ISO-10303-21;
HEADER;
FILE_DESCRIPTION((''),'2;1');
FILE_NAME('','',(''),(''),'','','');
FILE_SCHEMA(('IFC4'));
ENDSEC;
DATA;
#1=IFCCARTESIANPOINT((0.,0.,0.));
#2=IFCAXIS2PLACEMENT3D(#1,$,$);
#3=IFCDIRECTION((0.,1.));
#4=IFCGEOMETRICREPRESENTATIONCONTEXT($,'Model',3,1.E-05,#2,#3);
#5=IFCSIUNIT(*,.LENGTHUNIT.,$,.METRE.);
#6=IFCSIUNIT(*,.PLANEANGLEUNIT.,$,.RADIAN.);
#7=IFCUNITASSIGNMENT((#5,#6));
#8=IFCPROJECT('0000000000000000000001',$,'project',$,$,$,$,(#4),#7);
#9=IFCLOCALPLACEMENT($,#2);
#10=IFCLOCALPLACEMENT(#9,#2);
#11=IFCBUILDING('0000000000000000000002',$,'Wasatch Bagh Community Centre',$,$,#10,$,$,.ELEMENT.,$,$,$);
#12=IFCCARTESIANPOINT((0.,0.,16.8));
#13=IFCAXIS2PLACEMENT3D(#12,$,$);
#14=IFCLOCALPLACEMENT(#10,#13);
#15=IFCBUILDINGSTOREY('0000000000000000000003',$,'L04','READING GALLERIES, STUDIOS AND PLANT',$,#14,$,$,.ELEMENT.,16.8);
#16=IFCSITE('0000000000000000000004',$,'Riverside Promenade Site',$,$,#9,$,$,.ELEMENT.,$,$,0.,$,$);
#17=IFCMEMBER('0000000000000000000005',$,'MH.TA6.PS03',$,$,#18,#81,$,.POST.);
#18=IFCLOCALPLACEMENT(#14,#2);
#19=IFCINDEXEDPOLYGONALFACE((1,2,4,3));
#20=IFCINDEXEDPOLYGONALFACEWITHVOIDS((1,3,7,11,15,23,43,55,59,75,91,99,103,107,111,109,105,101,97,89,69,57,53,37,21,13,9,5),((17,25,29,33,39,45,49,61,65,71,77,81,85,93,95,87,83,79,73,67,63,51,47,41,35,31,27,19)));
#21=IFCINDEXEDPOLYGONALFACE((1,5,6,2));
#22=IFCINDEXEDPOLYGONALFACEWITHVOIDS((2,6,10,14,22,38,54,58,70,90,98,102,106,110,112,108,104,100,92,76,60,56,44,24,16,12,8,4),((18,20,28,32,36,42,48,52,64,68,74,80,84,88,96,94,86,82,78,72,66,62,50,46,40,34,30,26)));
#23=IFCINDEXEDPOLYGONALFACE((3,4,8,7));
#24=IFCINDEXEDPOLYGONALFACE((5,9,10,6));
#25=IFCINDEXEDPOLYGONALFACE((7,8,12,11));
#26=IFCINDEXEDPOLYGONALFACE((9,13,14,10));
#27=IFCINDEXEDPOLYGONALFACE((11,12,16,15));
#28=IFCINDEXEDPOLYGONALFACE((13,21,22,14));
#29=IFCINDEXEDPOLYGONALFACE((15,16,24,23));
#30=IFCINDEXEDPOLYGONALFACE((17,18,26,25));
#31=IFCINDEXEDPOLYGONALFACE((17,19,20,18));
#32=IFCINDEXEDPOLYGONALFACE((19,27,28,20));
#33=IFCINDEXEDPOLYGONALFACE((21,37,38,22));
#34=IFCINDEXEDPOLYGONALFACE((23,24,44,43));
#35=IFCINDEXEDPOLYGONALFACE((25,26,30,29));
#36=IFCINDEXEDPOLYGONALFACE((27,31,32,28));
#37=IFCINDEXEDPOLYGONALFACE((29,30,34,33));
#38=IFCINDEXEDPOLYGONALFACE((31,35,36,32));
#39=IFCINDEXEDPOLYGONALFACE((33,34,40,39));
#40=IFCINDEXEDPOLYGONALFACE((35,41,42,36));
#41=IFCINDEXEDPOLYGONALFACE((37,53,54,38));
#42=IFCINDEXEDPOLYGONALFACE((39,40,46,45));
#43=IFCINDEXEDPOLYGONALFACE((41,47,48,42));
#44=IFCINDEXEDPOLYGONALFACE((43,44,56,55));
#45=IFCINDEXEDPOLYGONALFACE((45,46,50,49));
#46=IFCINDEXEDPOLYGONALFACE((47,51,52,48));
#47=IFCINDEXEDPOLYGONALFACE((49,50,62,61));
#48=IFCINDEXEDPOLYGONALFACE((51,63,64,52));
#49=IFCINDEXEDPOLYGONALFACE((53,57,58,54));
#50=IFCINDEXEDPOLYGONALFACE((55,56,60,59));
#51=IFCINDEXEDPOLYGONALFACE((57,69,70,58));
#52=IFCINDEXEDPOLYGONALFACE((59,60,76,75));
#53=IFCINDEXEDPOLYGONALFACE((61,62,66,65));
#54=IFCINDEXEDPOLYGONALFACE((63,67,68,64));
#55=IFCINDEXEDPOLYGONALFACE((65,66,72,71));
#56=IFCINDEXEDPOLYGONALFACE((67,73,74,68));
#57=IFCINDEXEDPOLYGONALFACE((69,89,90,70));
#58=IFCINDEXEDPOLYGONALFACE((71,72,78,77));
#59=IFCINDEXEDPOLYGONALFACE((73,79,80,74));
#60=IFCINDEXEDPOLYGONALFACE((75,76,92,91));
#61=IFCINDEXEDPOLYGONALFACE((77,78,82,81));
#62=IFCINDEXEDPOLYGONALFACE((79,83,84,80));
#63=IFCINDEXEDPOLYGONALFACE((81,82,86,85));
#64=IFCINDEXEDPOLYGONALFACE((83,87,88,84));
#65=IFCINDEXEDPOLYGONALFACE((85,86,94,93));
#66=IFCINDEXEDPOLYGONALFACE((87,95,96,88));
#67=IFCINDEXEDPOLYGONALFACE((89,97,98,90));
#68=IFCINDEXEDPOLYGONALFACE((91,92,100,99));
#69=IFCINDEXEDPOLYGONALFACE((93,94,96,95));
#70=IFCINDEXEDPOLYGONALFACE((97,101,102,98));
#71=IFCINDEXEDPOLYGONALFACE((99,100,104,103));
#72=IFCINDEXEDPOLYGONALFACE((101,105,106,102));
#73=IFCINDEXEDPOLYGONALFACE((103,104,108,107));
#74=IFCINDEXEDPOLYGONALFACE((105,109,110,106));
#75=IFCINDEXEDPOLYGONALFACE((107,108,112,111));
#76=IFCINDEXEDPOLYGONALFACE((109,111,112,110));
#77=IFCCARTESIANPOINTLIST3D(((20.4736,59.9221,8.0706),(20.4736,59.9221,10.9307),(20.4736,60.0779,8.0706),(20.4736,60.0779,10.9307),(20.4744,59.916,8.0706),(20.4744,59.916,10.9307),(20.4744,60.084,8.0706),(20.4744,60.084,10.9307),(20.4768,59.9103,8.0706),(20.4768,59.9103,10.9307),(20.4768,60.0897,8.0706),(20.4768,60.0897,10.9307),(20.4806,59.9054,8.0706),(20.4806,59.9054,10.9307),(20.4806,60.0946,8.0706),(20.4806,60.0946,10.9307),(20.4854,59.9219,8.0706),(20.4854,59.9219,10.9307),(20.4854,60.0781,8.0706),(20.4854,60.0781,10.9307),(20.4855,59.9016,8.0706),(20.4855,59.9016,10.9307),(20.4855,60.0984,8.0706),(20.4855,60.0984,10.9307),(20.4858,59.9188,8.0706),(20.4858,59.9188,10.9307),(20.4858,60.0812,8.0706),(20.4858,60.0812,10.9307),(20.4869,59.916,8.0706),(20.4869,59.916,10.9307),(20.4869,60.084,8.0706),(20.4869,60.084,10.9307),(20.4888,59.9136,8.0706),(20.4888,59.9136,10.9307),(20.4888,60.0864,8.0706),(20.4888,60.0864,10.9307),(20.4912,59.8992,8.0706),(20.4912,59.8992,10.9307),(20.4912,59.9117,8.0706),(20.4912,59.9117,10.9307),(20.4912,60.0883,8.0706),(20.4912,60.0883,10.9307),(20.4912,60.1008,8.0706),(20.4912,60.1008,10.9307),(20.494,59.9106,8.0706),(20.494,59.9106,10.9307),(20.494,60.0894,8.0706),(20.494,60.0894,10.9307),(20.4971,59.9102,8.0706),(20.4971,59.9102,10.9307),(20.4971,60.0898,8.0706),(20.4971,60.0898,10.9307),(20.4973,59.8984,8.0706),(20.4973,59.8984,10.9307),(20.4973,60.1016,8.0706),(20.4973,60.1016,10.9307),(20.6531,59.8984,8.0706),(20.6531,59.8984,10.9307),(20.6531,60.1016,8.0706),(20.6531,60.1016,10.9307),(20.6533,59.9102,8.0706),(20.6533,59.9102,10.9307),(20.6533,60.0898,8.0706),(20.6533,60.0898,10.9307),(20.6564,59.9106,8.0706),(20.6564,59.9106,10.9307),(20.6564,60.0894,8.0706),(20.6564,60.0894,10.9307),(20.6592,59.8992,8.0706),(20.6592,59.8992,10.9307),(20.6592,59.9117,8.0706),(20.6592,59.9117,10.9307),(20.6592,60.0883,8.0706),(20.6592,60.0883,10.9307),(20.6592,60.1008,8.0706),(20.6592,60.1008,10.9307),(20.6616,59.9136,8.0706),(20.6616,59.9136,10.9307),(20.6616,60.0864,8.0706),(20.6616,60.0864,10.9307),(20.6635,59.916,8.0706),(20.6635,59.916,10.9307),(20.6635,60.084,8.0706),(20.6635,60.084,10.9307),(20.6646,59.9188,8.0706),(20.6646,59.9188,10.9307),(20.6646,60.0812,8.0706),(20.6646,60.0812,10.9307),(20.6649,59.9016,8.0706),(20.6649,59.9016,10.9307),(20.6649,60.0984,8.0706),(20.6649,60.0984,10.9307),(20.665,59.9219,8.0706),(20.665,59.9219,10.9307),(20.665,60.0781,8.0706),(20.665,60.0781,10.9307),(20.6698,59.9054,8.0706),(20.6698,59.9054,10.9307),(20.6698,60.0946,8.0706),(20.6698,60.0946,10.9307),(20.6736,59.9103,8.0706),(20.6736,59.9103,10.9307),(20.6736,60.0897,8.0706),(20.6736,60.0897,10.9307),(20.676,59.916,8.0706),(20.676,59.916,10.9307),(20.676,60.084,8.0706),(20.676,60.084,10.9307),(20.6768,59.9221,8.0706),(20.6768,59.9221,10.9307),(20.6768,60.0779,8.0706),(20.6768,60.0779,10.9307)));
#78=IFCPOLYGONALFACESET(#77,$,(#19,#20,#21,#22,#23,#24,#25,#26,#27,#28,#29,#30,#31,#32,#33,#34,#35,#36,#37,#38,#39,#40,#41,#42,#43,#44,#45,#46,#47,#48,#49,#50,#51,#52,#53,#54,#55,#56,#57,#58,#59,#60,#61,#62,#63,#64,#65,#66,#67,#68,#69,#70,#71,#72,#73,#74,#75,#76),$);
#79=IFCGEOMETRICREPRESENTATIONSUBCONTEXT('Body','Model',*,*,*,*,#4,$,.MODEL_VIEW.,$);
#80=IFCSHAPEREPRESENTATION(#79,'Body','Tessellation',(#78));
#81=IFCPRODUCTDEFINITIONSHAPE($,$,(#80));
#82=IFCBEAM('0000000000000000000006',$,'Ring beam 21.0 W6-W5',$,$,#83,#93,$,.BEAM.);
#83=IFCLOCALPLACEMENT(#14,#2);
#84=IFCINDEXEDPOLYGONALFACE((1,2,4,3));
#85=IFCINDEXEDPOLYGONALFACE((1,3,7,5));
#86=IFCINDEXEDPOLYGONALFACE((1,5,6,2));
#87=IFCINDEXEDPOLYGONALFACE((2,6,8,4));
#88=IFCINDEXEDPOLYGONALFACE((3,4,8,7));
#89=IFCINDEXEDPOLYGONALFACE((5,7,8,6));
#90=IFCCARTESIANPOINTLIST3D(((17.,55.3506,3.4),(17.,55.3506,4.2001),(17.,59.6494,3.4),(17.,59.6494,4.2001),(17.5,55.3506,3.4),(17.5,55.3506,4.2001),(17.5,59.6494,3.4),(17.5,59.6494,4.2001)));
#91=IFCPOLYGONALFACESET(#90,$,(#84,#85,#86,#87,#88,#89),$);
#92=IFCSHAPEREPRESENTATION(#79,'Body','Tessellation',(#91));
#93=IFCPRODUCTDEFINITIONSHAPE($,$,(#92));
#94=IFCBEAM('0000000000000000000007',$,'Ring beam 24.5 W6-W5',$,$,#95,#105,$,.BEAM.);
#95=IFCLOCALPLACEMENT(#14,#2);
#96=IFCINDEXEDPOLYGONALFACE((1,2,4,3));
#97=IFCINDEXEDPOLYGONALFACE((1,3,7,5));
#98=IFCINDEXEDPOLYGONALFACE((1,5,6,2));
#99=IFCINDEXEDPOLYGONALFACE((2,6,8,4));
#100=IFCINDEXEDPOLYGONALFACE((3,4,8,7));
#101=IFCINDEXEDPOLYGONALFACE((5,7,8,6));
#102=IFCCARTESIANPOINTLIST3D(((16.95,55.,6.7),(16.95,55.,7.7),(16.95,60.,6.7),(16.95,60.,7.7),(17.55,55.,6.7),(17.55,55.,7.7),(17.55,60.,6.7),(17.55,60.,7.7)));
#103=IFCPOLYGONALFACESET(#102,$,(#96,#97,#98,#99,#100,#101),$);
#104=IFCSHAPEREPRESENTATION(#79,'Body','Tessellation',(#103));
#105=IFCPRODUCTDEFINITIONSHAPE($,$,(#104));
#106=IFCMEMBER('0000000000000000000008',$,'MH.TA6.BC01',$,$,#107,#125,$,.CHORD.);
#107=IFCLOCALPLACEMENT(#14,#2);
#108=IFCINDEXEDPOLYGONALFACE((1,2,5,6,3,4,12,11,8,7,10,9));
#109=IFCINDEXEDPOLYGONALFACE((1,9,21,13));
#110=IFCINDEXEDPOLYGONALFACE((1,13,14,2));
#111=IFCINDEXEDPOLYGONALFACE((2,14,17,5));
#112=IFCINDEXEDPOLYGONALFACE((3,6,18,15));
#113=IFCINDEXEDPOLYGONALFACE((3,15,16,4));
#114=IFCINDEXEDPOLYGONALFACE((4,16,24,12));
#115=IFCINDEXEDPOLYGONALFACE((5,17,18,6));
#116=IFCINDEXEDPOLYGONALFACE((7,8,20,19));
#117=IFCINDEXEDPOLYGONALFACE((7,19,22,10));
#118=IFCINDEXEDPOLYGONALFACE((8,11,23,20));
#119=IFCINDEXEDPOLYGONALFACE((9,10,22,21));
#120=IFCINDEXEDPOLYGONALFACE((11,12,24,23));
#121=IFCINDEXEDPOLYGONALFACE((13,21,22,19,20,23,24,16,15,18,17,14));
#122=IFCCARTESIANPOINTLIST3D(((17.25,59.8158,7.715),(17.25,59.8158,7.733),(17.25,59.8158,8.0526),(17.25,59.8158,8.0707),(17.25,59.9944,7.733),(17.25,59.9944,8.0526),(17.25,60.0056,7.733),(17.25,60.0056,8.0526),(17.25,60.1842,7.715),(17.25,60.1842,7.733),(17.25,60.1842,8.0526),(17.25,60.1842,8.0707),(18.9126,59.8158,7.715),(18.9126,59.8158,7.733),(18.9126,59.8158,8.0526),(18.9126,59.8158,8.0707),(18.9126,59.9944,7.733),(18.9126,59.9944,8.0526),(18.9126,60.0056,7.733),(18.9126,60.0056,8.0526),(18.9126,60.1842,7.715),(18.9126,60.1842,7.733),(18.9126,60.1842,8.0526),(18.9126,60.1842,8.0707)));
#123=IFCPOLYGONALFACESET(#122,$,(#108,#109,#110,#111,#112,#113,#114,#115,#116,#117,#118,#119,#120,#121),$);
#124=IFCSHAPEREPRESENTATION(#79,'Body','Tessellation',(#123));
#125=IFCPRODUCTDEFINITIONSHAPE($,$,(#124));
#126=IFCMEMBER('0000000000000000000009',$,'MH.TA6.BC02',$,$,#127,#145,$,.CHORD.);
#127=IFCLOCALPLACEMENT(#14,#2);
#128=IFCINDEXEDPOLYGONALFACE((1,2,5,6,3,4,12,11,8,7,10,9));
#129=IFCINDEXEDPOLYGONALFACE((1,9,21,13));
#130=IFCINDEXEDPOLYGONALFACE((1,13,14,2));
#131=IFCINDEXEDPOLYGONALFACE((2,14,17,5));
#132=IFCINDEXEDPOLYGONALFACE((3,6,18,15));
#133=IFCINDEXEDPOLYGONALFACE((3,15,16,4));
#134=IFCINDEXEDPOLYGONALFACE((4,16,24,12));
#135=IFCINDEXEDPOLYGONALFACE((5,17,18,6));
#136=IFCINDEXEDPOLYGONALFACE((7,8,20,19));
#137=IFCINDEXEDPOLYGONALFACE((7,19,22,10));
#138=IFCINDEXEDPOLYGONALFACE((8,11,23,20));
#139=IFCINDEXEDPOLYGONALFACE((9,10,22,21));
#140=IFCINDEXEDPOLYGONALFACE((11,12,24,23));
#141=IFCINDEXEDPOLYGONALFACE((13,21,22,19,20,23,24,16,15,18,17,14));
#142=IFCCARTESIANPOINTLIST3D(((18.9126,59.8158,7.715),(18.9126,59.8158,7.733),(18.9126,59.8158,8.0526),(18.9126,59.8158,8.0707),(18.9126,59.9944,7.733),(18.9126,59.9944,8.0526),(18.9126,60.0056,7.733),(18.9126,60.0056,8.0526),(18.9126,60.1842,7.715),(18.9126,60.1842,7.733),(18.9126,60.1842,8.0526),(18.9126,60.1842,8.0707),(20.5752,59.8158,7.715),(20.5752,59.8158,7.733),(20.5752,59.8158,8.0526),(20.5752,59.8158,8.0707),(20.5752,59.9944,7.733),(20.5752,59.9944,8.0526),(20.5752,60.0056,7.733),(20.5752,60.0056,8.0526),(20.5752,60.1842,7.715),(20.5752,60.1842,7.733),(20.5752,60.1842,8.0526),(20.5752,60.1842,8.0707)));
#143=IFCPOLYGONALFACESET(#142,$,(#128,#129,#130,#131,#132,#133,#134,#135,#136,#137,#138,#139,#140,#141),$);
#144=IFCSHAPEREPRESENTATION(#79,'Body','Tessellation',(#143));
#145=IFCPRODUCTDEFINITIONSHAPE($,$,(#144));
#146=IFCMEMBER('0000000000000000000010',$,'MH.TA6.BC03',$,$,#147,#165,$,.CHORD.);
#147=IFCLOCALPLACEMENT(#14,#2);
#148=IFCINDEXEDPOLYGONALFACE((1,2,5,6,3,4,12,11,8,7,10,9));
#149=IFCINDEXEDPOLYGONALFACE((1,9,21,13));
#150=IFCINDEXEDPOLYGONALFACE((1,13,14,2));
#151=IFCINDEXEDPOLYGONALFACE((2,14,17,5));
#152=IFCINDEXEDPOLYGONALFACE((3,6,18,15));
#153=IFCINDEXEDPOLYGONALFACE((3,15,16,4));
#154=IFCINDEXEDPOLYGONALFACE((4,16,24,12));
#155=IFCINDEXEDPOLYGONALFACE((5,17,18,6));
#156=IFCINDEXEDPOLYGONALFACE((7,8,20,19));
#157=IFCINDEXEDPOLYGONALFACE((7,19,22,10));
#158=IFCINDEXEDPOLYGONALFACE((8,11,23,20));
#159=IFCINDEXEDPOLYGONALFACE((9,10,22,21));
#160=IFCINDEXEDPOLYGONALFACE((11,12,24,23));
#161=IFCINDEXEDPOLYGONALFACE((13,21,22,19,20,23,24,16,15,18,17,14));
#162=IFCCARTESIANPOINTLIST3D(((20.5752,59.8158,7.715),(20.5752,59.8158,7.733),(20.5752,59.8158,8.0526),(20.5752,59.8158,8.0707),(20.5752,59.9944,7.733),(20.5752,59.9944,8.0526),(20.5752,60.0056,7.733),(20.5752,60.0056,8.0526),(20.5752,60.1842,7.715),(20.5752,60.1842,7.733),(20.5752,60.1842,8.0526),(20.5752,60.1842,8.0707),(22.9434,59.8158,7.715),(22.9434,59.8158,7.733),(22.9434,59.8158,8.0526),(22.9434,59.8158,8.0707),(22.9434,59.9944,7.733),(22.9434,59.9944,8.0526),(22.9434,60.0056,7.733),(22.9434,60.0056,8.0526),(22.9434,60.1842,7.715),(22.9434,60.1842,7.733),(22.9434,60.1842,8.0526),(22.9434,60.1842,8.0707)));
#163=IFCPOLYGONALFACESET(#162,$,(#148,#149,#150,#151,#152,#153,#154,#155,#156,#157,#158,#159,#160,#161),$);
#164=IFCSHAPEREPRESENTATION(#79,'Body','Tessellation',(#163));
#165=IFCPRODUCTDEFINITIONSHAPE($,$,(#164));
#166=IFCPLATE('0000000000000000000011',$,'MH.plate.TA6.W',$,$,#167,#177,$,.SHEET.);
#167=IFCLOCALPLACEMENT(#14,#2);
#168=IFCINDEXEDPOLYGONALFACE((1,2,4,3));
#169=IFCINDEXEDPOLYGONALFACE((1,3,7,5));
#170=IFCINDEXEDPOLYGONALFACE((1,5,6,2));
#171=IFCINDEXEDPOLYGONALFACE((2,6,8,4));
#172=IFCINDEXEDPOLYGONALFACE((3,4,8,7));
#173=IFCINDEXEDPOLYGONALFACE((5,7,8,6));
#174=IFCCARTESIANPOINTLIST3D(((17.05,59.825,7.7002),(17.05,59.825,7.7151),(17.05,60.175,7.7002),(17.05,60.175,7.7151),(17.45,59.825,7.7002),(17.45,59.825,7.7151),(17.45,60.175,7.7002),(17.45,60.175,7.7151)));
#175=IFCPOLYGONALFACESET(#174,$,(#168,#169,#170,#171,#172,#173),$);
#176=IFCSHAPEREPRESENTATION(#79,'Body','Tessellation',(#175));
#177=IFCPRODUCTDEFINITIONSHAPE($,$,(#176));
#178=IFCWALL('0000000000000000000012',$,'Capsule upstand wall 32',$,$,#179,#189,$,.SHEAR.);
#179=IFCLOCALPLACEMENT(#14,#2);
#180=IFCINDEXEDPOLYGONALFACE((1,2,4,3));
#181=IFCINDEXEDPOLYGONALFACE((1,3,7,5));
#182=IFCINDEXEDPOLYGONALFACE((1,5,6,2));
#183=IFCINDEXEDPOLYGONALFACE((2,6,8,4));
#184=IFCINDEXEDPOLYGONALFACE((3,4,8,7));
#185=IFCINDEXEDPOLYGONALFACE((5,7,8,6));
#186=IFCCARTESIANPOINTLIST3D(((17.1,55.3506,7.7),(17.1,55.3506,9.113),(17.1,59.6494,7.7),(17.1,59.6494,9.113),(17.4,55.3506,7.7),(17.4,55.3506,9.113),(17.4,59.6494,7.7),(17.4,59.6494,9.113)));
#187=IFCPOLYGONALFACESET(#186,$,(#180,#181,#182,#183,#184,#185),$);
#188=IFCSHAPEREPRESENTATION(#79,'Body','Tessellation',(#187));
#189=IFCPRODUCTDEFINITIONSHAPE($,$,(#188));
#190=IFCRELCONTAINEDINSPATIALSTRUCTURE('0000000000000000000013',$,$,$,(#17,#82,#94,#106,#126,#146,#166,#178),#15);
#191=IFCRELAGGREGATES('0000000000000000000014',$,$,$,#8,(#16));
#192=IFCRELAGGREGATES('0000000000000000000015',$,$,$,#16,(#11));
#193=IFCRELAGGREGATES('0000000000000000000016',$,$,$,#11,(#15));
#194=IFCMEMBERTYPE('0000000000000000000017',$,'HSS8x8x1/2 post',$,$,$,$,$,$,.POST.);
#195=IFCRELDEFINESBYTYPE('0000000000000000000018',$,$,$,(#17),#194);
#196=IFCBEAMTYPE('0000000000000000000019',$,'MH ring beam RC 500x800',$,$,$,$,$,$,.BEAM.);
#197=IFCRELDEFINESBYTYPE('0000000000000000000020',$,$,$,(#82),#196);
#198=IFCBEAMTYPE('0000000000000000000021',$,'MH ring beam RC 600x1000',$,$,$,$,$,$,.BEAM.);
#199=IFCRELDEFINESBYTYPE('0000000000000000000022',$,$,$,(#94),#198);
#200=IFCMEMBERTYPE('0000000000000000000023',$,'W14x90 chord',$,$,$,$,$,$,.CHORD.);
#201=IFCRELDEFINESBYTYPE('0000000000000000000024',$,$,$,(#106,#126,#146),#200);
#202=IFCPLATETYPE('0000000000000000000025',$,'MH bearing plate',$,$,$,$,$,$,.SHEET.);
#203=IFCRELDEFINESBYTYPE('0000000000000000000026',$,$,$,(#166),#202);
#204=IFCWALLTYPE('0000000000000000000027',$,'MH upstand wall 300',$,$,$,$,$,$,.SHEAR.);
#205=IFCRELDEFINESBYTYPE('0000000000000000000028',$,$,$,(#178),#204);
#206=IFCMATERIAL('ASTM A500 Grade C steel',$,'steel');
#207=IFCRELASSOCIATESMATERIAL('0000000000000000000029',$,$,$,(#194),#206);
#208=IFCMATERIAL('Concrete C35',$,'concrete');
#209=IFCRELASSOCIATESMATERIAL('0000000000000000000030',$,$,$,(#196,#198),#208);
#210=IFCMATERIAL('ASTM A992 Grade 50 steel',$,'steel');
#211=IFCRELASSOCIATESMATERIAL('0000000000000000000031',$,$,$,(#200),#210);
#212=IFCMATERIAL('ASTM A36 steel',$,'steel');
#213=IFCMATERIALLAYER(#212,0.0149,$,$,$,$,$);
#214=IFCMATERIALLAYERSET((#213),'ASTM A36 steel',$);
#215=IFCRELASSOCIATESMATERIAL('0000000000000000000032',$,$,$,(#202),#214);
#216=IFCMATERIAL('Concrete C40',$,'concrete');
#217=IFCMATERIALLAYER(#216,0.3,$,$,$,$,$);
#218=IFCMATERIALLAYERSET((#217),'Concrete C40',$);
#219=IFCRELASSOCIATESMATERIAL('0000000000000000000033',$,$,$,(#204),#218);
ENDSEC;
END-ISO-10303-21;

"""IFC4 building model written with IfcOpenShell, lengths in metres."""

from ifc_helpers import new_model, si_unit, direction, frame, frame_2d, origin, origin_2d, place, context, subcontext, project, spatial, rectangle, hollow_rectangle, i_section, extrude, material, layer, layer_set, material_profile, profile_set, type_object, element, save


model = new_model("IFC4")

# Units and contexts
model_context = context("Model", 3, precision=1e-05, world=origin(), true_north=direction((0.0, 1.0)))
body_context = subcontext(model_context, "Body", "Model", "MODEL_VIEW")
ifc_project = project(units=[si_unit("LENGTHUNIT", "METRE"), si_unit("PLANEANGLEUNIT", "RADIAN")], contexts=[model_context])

# Site, building, storey
site_placement = place(None, origin())
site = spatial("IfcSite", under=ifc_project, at=site_placement, Name="Riverside Promenade Site", CompositionType="ELEMENT", RefElevation=0.0)
building_placement = place(site_placement, origin())
building = spatial("IfcBuilding", under=site, at=building_placement, Name="Wasatch Bagh Community Centre", CompositionType="ELEMENT")
storey_placement = place(building_placement, frame((0.0, 0.0, 16.8)))
storey = spatial("IfcBuildingStorey", under=building, at=storey_placement, Name="L04", Description="READING GALLERIES, STUDIOS AND PLANT", CompositionType="ELEMENT", Elevation=16.8)

# Shared definitions
ifc_material_1 = material(Name="Concrete C40", Category="concrete")

# Member
ifc_material_2 = material(Name="ASTM A500 Grade C steel", Category="steel")
ifc_material_profile_1 = material_profile(ifc_material_2, hollow_rectangle(XDim=0.2031, YDim=0.2031, WallThickness=0.0117, InnerFilletRadius=0.0117, OuterFilletRadius=0.0237, at=origin_2d()), Name="HSS8x8x1/2")
ifc_profile_set_1 = profile_set([ifc_material_profile_1], Name="ASTM A500 Grade C steel")
member_type_1 = type_object("IfcMemberType", Name="HSS8x8x1/2 post", PredefinedType="POST", material=ifc_profile_set_1)
member_1_placement = place(storey_placement, frame((20.5752, 60.0, 8.0706), z_axis=(0.0, 0.0, 1.0), x_axis=(1.0, 0.0, 0.0)))
element("IfcMember", 1, at=member_1_placement, inside=storey, type_object=member_type_1, Name="MH.TA6.PS03", PredefinedType="POST", context=body_context, shape_type="SweptSolid", body=[
    extrude(hollow_rectangle(XDim=0.2031, YDim=0.2031, WallThickness=0.0117, InnerFilletRadius=0.0117, OuterFilletRadius=0.0237, at=origin_2d()), origin(), (0.0, 0.0, 1.0), 2.8601),
])

# Beams
ifc_material_3 = material(Name="Concrete C35", Category="concrete")
ifc_material_profile_2 = material_profile(ifc_material_3, rectangle(XDim=0.5, YDim=0.8, at=origin_2d()), Name="RC 500x800")
ifc_profile_set_2 = profile_set([ifc_material_profile_2], Name="Concrete C35")
beam_type_1 = type_object("IfcBeamType", Name="MH ring beam RC 500x800", PredefinedType="BEAM", material=ifc_profile_set_2)
beam_1_placement = place(storey_placement, frame((17.25, 59.6494, 3.8), z_axis=(0.0, -1.0, 0.0), x_axis=(1.0, 0.0, 0.0)))
element("IfcBeam", 2, at=beam_1_placement, inside=storey, type_object=beam_type_1, Name="Ring beam 21.0 W6-W5", PredefinedType="BEAM", context=body_context, shape_type="SweptSolid", body=[
    extrude(rectangle(XDim=0.5, YDim=0.8, at=origin_2d()), origin(), (0.0, 0.0, 1.0), 4.2988),
])
ifc_material_profile_3 = material_profile(ifc_material_3, rectangle(XDim=0.6001, YDim=1.0, at=origin_2d()), Name="RC 600x1000")
ifc_profile_set_3 = profile_set([ifc_material_profile_3], Name="Concrete C35")
beam_type_2 = type_object("IfcBeamType", Name="MH ring beam RC 600x1000", PredefinedType="BEAM", material=ifc_profile_set_3)
beam_2_placement = place(storey_placement, frame((17.25, 60.0, 7.2), z_axis=(0.0, -1.0, 0.0), x_axis=(1.0, 0.0, 0.0)))
element("IfcBeam", 3, at=beam_2_placement, inside=storey, type_object=beam_type_2, Name="Ring beam 24.5 W6-W5", PredefinedType="BEAM", context=body_context, shape_type="SweptSolid", body=[
    extrude(rectangle(XDim=0.6001, YDim=1.0, at=origin_2d()), origin(), (0.0, 0.0, 1.0), 5.0),
])

# Members
ifc_material_4 = material(Name="ASTM A992 Grade 50 steel", Category="steel")
ifc_material_profile_4 = material_profile(ifc_material_4, i_section(OverallWidth=0.3684, OverallDepth=0.3557, WebThickness=0.0112, FlangeThickness=0.0181, at=origin_2d()), Name="W14x90")
ifc_profile_set_4 = profile_set([ifc_material_profile_4], Name="ASTM A992 Grade 50 steel")
member_type_2 = type_object("IfcMemberType", Name="W14x90 chord", PredefinedType="CHORD", material=ifc_profile_set_4)
for number, where, z_axis, x_axis, name in (
    (4, (17.25, 60.0, 7.8928), (1.0, 0.0, 0.0), (0.0, 1.0, 0.0), "MH.TA6.BC01"),
    (5, (18.9126, 60.0, 7.8928), (1.0, 0.0, 0.0), (0.0, 1.0, 0.0), "MH.TA6.BC02"),
):
    element("IfcMember", number, at=place(storey_placement, frame(where, z_axis=z_axis, x_axis=x_axis)), inside=storey, type_object=member_type_2, Name=name, PredefinedType="CHORD", context=body_context, shape_type="SweptSolid", body=[
        extrude(i_section(OverallWidth=0.3684, OverallDepth=0.3557, WebThickness=0.0112, FlangeThickness=0.0181, at=origin_2d()), origin(), (0.0, 0.0, 1.0), 1.6626),
    ])
member_2_placement = place(storey_placement, frame((20.5752, 60.0, 7.8928), z_axis=(1.0, 0.0, 0.0), x_axis=(0.0, 1.0, 0.0)))
element("IfcMember", 6, at=member_2_placement, inside=storey, type_object=member_type_2, Name="MH.TA6.BC03", PredefinedType="CHORD", context=body_context, shape_type="SweptSolid", body=[
    extrude(i_section(OverallWidth=0.3684, OverallDepth=0.3557, WebThickness=0.0112, FlangeThickness=0.0181, at=origin_2d()), origin(), (0.0, 0.0, 1.0), 2.3682),
])

# Plate
ifc_material_5 = material(Name="ASTM A36 steel", Category="steel")
ifc_layer_1 = layer(ifc_material_5, 0.0149)
ifc_layer_set_1 = layer_set([ifc_layer_1], Name="ASTM A36 steel")
plate_type = type_object("IfcPlateType", Name="MH bearing plate", PredefinedType="SHEET", material=ifc_layer_set_1)
plate_placement = place(storey_placement, frame((17.25, 60.0, 7.7002), z_axis=(0.0, 0.0, 1.0), x_axis=(1.0, 0.0, 0.0)))
element("IfcPlate", 7, at=plate_placement, inside=storey, type_object=plate_type, Name="MH.plate.TA6.W", PredefinedType="SHEET", context=body_context, shape_type="SweptSolid", body=[
    extrude(rectangle(XDim=0.3999, YDim=0.3501, at=origin_2d()), origin(), (0.0, 0.0, 1.0), 0.0149),
])

# Wall
ifc_layer_2 = layer(ifc_material_1, 0.3)
ifc_layer_set_2 = layer_set([ifc_layer_2], Name="Concrete C40")
wall_type_1 = type_object("IfcWallType", Name="MH upstand wall 300", PredefinedType="SHEAR", material=ifc_layer_set_2)
wall_1_placement = place(storey_placement, frame((17.25, 59.6494, 7.7), z_axis=(0.0, 0.0, 1.0), x_axis=(0.0, -1.0, 0.0)))
element("IfcWall", 8, at=wall_1_placement, inside=storey, type_object=wall_type_1, Name="Capsule upstand wall 32", PredefinedType="SHEAR", context=body_context, shape_type="SweptSolid", body=[
    extrude(rectangle(XDim=4.2988, YDim=0.3, at=frame_2d((2.1494, 0.0))), origin(), (0.0, 0.0, 1.0), 1.4131),
])

save(model, "model.ifc")
